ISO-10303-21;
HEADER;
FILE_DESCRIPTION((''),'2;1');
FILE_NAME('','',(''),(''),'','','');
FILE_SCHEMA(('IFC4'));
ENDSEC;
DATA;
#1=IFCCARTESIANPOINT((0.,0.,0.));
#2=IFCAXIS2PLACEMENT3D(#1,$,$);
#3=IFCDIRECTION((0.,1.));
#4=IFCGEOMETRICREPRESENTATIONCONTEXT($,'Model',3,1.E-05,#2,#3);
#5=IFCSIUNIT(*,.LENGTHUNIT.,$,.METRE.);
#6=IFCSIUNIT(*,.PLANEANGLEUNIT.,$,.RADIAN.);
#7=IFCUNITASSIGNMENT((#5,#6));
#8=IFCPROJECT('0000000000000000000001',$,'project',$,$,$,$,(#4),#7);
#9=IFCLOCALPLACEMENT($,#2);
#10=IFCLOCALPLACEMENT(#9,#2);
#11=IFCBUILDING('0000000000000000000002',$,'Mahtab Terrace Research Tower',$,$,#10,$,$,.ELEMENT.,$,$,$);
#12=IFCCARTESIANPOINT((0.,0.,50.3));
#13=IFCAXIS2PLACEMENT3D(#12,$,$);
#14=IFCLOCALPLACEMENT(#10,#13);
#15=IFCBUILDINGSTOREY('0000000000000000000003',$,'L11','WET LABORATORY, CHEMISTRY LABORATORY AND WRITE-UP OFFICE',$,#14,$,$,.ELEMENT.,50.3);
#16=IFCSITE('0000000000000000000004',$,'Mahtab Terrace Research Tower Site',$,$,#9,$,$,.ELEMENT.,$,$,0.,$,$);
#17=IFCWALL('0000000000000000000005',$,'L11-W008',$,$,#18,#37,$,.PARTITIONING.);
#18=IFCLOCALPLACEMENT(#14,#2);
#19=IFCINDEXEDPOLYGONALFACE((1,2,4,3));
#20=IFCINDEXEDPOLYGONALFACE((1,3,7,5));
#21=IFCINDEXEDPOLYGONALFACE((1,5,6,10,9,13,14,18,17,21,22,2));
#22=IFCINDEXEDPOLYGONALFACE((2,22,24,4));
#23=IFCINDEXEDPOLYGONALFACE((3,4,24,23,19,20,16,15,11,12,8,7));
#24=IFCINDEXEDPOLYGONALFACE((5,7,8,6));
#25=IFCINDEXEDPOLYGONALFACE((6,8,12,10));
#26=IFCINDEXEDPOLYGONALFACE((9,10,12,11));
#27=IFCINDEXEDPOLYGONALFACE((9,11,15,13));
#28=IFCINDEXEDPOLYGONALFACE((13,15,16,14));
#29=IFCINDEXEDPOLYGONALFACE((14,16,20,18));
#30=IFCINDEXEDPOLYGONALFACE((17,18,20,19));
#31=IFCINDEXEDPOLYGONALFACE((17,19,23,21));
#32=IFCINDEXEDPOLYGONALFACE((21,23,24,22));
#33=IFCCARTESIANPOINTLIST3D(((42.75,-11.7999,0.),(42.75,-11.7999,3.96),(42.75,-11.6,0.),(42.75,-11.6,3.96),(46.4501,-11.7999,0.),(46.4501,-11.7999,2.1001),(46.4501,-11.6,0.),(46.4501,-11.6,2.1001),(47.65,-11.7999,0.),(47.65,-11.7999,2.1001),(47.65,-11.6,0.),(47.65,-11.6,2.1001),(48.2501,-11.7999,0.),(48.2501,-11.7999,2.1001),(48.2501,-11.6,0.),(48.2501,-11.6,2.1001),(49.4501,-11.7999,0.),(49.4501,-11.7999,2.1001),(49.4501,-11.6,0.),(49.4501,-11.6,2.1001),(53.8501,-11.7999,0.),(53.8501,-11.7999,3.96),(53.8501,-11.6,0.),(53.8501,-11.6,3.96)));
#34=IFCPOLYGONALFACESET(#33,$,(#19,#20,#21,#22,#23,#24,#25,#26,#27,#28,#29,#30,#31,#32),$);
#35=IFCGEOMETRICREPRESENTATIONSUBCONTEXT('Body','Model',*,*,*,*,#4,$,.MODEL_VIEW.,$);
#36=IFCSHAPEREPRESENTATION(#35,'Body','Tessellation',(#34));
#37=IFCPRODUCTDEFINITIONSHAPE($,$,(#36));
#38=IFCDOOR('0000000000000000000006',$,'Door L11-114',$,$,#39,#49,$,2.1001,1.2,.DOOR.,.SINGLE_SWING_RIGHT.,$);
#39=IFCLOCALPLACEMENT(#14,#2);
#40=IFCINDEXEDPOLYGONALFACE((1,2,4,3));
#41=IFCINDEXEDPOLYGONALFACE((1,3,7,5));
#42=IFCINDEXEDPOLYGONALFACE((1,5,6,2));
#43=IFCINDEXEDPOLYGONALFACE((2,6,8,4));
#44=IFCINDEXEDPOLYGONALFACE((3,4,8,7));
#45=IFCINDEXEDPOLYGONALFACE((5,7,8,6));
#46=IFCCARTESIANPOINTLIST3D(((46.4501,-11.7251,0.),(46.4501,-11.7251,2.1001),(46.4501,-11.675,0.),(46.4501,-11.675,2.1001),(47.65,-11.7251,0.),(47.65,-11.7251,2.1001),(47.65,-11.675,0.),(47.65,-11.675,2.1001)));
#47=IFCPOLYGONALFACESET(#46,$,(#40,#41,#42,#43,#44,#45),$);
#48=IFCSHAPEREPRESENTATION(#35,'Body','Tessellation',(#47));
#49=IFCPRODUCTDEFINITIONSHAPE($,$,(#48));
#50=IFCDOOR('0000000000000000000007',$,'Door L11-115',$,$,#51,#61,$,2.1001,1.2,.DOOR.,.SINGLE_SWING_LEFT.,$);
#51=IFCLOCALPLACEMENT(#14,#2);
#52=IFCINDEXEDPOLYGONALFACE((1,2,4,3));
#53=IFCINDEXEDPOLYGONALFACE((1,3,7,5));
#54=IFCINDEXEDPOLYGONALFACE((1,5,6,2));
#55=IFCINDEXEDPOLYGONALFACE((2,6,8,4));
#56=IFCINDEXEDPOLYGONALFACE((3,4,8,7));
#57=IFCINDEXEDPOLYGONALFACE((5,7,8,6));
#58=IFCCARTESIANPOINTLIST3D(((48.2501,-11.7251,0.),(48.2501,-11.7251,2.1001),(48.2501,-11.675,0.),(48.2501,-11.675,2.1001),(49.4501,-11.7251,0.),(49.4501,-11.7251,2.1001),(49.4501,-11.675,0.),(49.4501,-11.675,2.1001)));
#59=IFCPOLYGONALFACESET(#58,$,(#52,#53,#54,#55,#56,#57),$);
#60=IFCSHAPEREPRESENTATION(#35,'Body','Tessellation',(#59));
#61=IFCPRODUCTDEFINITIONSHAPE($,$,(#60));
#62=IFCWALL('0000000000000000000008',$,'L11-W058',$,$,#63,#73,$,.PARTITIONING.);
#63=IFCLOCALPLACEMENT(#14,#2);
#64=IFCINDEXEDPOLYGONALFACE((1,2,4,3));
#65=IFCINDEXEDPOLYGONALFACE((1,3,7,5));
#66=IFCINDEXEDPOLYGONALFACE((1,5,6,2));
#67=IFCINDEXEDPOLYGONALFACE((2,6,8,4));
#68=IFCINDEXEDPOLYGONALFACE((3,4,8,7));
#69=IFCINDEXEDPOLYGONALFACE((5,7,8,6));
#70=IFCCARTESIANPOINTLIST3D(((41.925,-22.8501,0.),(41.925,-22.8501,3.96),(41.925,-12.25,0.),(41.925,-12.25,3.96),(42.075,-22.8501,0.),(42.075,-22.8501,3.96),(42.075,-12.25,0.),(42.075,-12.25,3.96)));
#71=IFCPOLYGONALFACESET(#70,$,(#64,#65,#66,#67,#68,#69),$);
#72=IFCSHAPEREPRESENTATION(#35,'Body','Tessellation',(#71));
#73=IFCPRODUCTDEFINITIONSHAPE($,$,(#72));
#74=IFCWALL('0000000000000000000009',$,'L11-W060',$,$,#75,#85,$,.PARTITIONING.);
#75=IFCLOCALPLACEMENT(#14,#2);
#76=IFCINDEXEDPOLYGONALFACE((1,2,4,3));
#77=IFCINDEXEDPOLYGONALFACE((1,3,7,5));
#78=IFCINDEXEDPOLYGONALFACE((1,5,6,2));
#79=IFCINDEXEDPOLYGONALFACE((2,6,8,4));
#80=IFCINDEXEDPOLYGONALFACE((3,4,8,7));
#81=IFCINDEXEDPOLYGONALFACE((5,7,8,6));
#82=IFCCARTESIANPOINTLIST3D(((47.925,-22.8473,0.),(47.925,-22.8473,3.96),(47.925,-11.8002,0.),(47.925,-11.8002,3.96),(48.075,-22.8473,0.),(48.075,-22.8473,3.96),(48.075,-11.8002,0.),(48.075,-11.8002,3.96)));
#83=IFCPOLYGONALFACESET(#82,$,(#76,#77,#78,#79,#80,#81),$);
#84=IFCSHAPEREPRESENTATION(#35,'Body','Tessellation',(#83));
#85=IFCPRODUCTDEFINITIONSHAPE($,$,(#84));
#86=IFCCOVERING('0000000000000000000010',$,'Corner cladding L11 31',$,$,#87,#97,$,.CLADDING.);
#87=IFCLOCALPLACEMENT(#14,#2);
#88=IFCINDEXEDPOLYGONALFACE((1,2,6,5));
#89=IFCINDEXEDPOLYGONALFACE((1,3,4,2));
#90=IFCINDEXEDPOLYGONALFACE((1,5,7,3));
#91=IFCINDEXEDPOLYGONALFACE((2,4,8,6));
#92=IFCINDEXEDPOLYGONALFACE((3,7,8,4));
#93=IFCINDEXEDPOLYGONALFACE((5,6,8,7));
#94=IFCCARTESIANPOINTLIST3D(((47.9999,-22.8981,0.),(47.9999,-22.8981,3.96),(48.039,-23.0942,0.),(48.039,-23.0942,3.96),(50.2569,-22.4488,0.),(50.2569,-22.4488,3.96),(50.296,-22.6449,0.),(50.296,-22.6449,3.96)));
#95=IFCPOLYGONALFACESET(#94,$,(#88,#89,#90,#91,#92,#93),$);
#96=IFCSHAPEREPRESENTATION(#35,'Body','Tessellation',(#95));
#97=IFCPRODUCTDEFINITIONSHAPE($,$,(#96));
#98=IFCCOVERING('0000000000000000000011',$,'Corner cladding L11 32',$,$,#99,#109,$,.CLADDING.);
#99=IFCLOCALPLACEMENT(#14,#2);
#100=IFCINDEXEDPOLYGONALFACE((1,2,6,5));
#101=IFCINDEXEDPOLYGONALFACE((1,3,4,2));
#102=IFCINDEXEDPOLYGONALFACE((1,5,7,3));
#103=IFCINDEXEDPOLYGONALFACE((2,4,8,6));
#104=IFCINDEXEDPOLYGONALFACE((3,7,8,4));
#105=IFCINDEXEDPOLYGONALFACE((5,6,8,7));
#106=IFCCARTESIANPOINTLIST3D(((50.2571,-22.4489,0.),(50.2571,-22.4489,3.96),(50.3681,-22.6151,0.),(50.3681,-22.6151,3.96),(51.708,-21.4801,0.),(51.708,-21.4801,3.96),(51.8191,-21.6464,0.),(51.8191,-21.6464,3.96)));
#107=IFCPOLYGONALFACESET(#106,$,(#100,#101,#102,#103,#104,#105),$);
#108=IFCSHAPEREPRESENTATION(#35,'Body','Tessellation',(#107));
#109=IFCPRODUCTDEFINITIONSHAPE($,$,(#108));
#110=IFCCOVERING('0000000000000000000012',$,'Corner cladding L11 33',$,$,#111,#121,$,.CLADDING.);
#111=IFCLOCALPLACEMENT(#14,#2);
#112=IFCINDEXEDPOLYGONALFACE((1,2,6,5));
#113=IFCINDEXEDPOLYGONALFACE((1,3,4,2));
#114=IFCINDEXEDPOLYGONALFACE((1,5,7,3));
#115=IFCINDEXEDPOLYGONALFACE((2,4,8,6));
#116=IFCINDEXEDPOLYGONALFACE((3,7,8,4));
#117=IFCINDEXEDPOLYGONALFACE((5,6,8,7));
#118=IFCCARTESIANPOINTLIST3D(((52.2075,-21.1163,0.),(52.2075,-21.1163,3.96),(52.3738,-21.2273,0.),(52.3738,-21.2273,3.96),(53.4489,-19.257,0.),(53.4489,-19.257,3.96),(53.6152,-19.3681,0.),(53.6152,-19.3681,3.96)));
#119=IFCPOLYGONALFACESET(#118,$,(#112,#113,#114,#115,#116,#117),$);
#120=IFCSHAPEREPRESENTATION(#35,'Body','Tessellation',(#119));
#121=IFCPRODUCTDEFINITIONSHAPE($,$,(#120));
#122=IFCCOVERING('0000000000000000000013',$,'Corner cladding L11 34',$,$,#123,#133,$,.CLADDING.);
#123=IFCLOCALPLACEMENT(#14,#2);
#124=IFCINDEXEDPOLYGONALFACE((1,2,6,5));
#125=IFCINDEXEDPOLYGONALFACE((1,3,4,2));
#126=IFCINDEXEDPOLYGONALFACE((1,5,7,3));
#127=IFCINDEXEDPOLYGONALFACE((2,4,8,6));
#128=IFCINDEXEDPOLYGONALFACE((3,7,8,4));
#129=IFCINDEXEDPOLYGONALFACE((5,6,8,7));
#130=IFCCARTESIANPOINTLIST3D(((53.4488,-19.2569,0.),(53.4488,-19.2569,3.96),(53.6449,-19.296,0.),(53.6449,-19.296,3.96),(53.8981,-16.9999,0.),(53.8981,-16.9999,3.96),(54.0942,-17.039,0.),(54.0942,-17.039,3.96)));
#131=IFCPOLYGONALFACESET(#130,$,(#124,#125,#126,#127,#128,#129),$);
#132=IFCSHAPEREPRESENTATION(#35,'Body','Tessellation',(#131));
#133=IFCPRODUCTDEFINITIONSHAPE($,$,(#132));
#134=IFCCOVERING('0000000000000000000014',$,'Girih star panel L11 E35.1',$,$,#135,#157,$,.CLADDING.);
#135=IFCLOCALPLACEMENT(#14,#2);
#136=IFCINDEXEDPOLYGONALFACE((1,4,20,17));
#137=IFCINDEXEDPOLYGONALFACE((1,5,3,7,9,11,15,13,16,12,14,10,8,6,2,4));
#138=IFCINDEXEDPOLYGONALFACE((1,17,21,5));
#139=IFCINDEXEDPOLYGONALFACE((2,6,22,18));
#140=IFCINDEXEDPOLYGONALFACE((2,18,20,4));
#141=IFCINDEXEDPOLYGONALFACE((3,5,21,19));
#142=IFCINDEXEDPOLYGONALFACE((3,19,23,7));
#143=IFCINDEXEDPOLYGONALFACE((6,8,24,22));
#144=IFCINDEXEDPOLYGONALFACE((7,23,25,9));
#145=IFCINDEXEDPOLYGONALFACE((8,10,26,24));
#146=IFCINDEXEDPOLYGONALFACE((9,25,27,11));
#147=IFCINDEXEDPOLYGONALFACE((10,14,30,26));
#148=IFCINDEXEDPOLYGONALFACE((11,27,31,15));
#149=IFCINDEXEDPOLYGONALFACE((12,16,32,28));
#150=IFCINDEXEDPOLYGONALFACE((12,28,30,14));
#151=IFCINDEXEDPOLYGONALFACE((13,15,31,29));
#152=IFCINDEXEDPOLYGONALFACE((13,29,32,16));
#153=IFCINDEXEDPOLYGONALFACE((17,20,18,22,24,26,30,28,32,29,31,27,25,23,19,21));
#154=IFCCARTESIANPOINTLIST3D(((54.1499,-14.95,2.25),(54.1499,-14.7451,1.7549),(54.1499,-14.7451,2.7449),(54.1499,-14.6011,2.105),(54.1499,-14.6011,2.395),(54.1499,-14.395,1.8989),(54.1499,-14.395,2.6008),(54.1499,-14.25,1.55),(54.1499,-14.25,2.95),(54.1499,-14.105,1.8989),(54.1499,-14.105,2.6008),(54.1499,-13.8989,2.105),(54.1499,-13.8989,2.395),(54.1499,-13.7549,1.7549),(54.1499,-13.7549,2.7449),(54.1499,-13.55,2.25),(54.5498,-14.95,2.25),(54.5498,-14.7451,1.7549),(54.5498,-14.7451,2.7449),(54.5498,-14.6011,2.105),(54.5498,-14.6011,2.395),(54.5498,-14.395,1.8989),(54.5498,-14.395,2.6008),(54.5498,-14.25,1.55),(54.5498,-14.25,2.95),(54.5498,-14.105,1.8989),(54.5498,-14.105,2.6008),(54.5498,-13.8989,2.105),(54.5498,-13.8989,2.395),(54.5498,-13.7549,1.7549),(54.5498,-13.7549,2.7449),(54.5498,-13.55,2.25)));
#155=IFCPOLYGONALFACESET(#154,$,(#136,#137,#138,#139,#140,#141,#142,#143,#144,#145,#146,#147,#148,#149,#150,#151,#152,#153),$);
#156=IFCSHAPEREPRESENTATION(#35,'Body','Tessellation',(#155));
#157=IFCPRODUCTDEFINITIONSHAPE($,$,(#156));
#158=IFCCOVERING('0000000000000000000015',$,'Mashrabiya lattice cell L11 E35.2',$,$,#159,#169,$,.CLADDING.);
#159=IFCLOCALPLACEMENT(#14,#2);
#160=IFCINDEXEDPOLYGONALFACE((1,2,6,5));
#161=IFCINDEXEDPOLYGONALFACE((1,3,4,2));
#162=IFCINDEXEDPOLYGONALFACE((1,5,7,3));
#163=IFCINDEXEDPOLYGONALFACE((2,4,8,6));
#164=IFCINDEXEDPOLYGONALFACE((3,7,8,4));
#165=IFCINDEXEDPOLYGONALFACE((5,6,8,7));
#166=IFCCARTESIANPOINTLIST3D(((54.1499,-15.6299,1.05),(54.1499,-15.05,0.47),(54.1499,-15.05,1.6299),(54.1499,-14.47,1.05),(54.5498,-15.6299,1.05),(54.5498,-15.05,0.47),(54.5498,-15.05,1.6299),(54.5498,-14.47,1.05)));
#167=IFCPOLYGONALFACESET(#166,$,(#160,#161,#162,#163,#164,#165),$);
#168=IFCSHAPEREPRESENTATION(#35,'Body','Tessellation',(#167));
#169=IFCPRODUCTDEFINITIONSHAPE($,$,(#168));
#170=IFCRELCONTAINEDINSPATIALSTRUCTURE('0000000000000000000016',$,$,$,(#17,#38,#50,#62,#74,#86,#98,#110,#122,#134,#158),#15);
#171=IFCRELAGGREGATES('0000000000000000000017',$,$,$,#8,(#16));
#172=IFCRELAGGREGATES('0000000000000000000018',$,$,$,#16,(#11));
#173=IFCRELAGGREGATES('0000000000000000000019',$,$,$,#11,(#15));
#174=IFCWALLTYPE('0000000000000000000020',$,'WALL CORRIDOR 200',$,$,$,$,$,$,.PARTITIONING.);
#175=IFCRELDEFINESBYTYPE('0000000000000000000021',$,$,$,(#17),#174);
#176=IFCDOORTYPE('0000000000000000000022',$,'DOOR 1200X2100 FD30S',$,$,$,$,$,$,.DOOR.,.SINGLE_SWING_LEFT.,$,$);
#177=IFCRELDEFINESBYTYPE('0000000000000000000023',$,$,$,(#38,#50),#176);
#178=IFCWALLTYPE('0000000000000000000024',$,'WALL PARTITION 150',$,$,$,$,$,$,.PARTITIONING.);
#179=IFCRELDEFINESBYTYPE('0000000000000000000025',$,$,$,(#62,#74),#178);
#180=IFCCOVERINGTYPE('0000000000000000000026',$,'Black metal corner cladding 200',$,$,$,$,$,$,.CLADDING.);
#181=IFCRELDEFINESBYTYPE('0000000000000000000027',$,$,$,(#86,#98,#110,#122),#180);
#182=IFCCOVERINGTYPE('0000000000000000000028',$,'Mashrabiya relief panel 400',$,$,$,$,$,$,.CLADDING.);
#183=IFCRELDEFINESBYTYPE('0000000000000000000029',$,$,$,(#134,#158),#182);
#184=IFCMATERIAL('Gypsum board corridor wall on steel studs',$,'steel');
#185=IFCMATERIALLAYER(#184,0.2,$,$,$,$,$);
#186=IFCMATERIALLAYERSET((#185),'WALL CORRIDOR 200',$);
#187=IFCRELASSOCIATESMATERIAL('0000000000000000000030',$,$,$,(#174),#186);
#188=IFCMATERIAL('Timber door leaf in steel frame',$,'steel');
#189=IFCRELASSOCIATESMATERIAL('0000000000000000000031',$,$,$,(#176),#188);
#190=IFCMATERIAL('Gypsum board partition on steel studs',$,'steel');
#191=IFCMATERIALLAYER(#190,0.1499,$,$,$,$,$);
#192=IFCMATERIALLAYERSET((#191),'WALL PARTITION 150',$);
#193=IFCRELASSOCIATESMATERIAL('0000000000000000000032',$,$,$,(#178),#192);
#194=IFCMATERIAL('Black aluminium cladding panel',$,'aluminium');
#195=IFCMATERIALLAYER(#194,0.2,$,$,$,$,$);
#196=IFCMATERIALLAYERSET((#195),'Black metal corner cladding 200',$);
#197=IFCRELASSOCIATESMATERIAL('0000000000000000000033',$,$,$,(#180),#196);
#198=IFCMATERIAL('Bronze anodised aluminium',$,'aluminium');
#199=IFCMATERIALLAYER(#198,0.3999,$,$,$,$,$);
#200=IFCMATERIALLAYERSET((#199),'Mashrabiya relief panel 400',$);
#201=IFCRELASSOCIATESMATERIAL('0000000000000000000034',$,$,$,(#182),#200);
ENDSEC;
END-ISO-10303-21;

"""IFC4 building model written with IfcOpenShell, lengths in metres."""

from ifc_helpers import new_model, si_unit, direction, frame, frame_2d, origin, origin_2d, place, context, subcontext, project, spatial, polyline, rectangle, outline, extrude, material, layer, layer_set, type_object, element, fill, save


model = new_model("IFC4")

# Units and contexts
model_context = context("Model", 3, precision=1e-05, world=origin(), true_north=direction((0.0, 1.0)))
body_context = subcontext(model_context, "Body", "Model", "MODEL_VIEW")
ifc_project = project(units=[si_unit("LENGTHUNIT", "METRE"), si_unit("PLANEANGLEUNIT", "RADIAN")], contexts=[model_context])

# Site, building, storey
site_placement = place(None, origin())
site = spatial("IfcSite", under=ifc_project, at=site_placement, Name="Mahtab Terrace Research Tower Site", CompositionType="ELEMENT", RefElevation=0.0)
building_placement = place(site_placement, origin())
building = spatial("IfcBuilding", under=site, at=building_placement, Name="Mahtab Terrace Research Tower", CompositionType="ELEMENT")
storey_placement = place(building_placement, frame((0.0, 0.0, 50.3)))
storey = spatial("IfcBuildingStorey", under=building, at=storey_placement, Name="L11", Description="WET LABORATORY, CHEMISTRY LABORATORY AND WRITE-UP OFFICE", CompositionType="ELEMENT", Elevation=50.3)

# Shared definitions
ifc_material_1 = material(Name="Black aluminium cladding panel", Category="aluminium")

# Wall, openings, doors
ifc_material_2 = material(Name="Gypsum board corridor wall on steel studs", Category="steel")
ifc_layer_1 = layer(ifc_material_2, 0.2)
ifc_layer_set_1 = layer_set([ifc_layer_1], Name="WALL CORRIDOR 200")
wall_type_1 = type_object("IfcWallType", Name="WALL CORRIDOR 200", PredefinedType="PARTITIONING", material=ifc_layer_set_1)
wall_1_placement = place(storey_placement, frame((42.75, -11.7, 0.0), z_axis=(0.0, 0.0, 1.0), x_axis=(1.0, 0.0, 0.0)))
wall_1 = element("IfcWall", 1, at=wall_1_placement, inside=storey, type_object=wall_type_1, Name="L11-W008", PredefinedType="PARTITIONING", context=body_context, shape_type="SweptSolid", body=[
    extrude(rectangle(XDim=11.1001, YDim=0.2, at=frame_2d((5.55, 0.0))), origin(), (0.0, 0.0, 1.0), 3.96),
])
opening_1_placement = place(wall_1_placement, frame((3.7, 0.0, 0.0)))
opening_1 = element("IfcOpeningElement", 2, at=opening_1_placement, cuts=wall_1, PredefinedType="OPENING", context=body_context, shape_type="SweptSolid", body=[
    extrude(rectangle(XDim=1.2, YDim=2.1001, at=frame_2d((0.6001, 1.05))), frame((0.0, 0.1099, 0.0), z_axis=(0.0, -1.0, 0.0), x_axis=(1.0, 0.0, 0.0)), (0.0, 0.0, 1.0), 0.22),
])
opening_2_placement = place(wall_1_placement, frame((5.5, 0.0, 0.0)))
opening_2 = element("IfcOpeningElement", 3, at=opening_2_placement, cuts=wall_1, PredefinedType="OPENING", context=body_context, shape_type="SweptSolid", body=[
    extrude(rectangle(XDim=1.2, YDim=2.1001, at=frame_2d((0.6001, 1.05))), frame((0.0, 0.1099, 0.0), z_axis=(0.0, -1.0, 0.0), x_axis=(1.0, 0.0, 0.0)), (0.0, 0.0, 1.0), 0.22),
])
ifc_material_3 = material(Name="Timber door leaf in steel frame", Category="steel")
door_type = type_object("IfcDoorType", Name="DOOR 1200X2100 FD30S", OperationType="SINGLE_SWING_LEFT", PredefinedType="DOOR", material=ifc_material_3)
door_1_placement = place(opening_1_placement, origin())
door_1 = element("IfcDoor", 4, at=door_1_placement, inside=storey, type_object=door_type, Name="Door L11-114", OperationType="SINGLE_SWING_RIGHT", OverallHeight=2.1001, OverallWidth=1.2, PredefinedType="DOOR", context=body_context, shape_type="SweptSolid", body=[
    extrude(rectangle(XDim=1.2, YDim=2.1001, at=frame_2d((0.6001, 1.05))), frame((0.0, 0.0249, 0.0), z_axis=(0.0, -1.0, 0.0), x_axis=(1.0, 0.0, 0.0)), (0.0, 0.0, 1.0), 0.05),
])
fill(opening_1, door_1)
door_2_placement = place(opening_2_placement, origin())
door_2 = element("IfcDoor", 5, at=door_2_placement, inside=storey, type_object=door_type, Name="Door L11-115", OperationType="SINGLE_SWING_LEFT", OverallHeight=2.1001, OverallWidth=1.2, PredefinedType="DOOR", context=body_context, shape_type="SweptSolid", body=[
    extrude(rectangle(XDim=1.2, YDim=2.1001, at=frame_2d((0.6001, 1.05))), frame((0.0, 0.0249, 0.0), z_axis=(0.0, -1.0, 0.0), x_axis=(1.0, 0.0, 0.0)), (0.0, 0.0, 1.0), 0.05),
])
fill(opening_2, door_2)

# Walls
ifc_material_4 = material(Name="Gypsum board partition on steel studs", Category="steel")
ifc_layer_2 = layer(ifc_material_4, 0.1499)
ifc_layer_set_2 = layer_set([ifc_layer_2], Name="WALL PARTITION 150")
wall_type_2 = type_object("IfcWallType", Name="WALL PARTITION 150", PredefinedType="PARTITIONING", material=ifc_layer_set_2)
wall_2_placement = place(storey_placement, frame((42.0, -22.8501, 0.0), z_axis=(0.0, 0.0, 1.0), x_axis=(0.0, 1.0, 0.0)))
element("IfcWall", 6, at=wall_2_placement, inside=storey, type_object=wall_type_2, Name="L11-W058", PredefinedType="PARTITIONING", context=body_context, shape_type="SweptSolid", body=[
    extrude(rectangle(XDim=10.6001, YDim=0.1499, at=frame_2d((5.3, 0.0))), origin(), (0.0, 0.0, 1.0), 3.96),
])
wall_3_placement = place(storey_placement, frame((48.0, -22.8472, 0.0), z_axis=(0.0, 0.0, 1.0), x_axis=(0.0, 1.0, 0.0)))
element("IfcWall", 7, at=wall_3_placement, inside=storey, type_object=wall_type_2, Name="L11-W060", PredefinedType="PARTITIONING", context=body_context, shape_type="SweptSolid", body=[
    extrude(rectangle(XDim=11.0471, YDim=0.1499, at=frame_2d((5.5234, 0.0))), origin(), (0.0, 0.0, 1.0), 3.96),
])

# Coverings
ifc_layer_3 = layer(ifc_material_1, 0.2)
ifc_layer_set_3 = layer_set([ifc_layer_3], Name="Black metal corner cladding 200")
covering_type_1 = type_object("IfcCoveringType", Name="Black metal corner cladding 200", PredefinedType="CLADDING", material=ifc_layer_set_3)
covering_1_placement = place(storey_placement, frame((49.1479, -22.7715, 0.0), z_axis=(0.0, 0.0, 1.0), x_axis=(0.980761, 0.195212, 0.0)))
element("IfcCovering", 8, at=covering_1_placement, inside=storey, type_object=covering_type_1, Name="Corner cladding L11 31", PredefinedType="CLADDING", context=body_context, shape_type="SweptSolid", body=[
    extrude(rectangle(XDim=2.3013, YDim=0.2, at=origin_2d()), origin(), (0.0, 0.0, 1.0), 3.96),
])
covering_2_placement = place(storey_placement, frame((51.0381, -22.0476, 0.0), z_axis=(0.0, 0.0, 1.0), x_axis=(0.831656, 0.555291, 0.0)))
element("IfcCovering", 9, at=covering_2_placement, inside=storey, type_object=covering_type_1, Name="Corner cladding L11 32", PredefinedType="CLADDING", context=body_context, shape_type="SweptSolid", body=[
    extrude(rectangle(XDim=1.7446, YDim=0.2, at=origin_2d()), origin(), (0.0, 0.0, 1.0), 3.96),
])
covering_3_placement = place(storey_placement, frame((52.9114, -20.2422, 0.0), z_axis=(0.0, 0.0, 1.0), x_axis=(0.555291, 0.831656, 0.0)))
element("IfcCovering", 10, at=covering_3_placement, inside=storey, type_object=covering_type_1, Name="Corner cladding L11 33", PredefinedType="CLADDING", context=body_context, shape_type="SweptSolid", body=[
    extrude(rectangle(XDim=2.2356, YDim=0.2, at=origin_2d()), origin(), (0.0, 0.0, 1.0), 3.96),
])
covering_4_placement = place(storey_placement, frame((53.7715, -18.1479, 0.0), z_axis=(0.0, 0.0, 1.0), x_axis=(0.195212, 0.980761, 0.0)))
element("IfcCovering", 11, at=covering_4_placement, inside=storey, type_object=covering_type_1, Name="Corner cladding L11 34", PredefinedType="CLADDING", context=body_context, shape_type="SweptSolid", body=[
    extrude(rectangle(XDim=2.3013, YDim=0.2, at=origin_2d()), origin(), (0.0, 0.0, 1.0), 3.96),
])
ifc_material_5 = material(Name="Bronze anodised aluminium", Category="aluminium")
ifc_layer_4 = layer(ifc_material_5, 0.3999)
ifc_layer_set_4 = layer_set([ifc_layer_4], Name="Mashrabiya relief panel 400")
covering_type_2 = type_object("IfcCoveringType", Name="Mashrabiya relief panel 400", PredefinedType="CLADDING", material=ifc_layer_set_4)
covering_5_placement = place(storey_placement, frame((54.1499, -14.105, 2.6008), z_axis=(-1.0, 0.0, 0.0), x_axis=(0.0, 0.924785, 0.38049)))
element("IfcCovering", 12, at=covering_5_placement, inside=storey, type_object=covering_type_2, Name="Girih star panel L11 E35.1", PredefinedType="CLADDING", context=body_context, shape_type="SweptSolid", body=[
    extrude(outline(polyline([(0.0, 0.0), (0.3786, 0.0), (0.1122, 0.2687), (0.3797, 0.5356), (0.0019, 0.537), (0.0019, 0.9155), (-0.2671, 0.6491), (-0.5339, 0.9166), (-0.5353, 0.5388), (-0.9139, 0.5388), (-0.6474, 0.2698), (-0.9149, 0.0029), (-0.5371, 0.0016), (-0.5372, -0.3768), (-0.2682, -0.1104), (-0.0013, -0.378), (0.0, 0.0)])), origin(), (0.0, 0.0, -1.0), 0.3999),
])
covering_6_placement = place(storey_placement, frame((54.1499, -15.05, 1.6299), z_axis=(-1.0, 0.0, 0.0), x_axis=(0.0, 0.707256, -0.706958)))
element("IfcCovering", 13, at=covering_6_placement, inside=storey, type_object=covering_type_2, Name="Mashrabiya lattice cell L11 E35.2", PredefinedType="CLADDING", context=body_context, shape_type="SweptSolid", body=[
    extrude(outline(polyline([(0.0, 0.0), (0.8202, 0.0), (0.82, 0.8204), (-0.0002, 0.82), (0.0, 0.0)])), origin(), (0.0, 0.0, -1.0), 0.3999),
])

save(model, "model.ifc")
